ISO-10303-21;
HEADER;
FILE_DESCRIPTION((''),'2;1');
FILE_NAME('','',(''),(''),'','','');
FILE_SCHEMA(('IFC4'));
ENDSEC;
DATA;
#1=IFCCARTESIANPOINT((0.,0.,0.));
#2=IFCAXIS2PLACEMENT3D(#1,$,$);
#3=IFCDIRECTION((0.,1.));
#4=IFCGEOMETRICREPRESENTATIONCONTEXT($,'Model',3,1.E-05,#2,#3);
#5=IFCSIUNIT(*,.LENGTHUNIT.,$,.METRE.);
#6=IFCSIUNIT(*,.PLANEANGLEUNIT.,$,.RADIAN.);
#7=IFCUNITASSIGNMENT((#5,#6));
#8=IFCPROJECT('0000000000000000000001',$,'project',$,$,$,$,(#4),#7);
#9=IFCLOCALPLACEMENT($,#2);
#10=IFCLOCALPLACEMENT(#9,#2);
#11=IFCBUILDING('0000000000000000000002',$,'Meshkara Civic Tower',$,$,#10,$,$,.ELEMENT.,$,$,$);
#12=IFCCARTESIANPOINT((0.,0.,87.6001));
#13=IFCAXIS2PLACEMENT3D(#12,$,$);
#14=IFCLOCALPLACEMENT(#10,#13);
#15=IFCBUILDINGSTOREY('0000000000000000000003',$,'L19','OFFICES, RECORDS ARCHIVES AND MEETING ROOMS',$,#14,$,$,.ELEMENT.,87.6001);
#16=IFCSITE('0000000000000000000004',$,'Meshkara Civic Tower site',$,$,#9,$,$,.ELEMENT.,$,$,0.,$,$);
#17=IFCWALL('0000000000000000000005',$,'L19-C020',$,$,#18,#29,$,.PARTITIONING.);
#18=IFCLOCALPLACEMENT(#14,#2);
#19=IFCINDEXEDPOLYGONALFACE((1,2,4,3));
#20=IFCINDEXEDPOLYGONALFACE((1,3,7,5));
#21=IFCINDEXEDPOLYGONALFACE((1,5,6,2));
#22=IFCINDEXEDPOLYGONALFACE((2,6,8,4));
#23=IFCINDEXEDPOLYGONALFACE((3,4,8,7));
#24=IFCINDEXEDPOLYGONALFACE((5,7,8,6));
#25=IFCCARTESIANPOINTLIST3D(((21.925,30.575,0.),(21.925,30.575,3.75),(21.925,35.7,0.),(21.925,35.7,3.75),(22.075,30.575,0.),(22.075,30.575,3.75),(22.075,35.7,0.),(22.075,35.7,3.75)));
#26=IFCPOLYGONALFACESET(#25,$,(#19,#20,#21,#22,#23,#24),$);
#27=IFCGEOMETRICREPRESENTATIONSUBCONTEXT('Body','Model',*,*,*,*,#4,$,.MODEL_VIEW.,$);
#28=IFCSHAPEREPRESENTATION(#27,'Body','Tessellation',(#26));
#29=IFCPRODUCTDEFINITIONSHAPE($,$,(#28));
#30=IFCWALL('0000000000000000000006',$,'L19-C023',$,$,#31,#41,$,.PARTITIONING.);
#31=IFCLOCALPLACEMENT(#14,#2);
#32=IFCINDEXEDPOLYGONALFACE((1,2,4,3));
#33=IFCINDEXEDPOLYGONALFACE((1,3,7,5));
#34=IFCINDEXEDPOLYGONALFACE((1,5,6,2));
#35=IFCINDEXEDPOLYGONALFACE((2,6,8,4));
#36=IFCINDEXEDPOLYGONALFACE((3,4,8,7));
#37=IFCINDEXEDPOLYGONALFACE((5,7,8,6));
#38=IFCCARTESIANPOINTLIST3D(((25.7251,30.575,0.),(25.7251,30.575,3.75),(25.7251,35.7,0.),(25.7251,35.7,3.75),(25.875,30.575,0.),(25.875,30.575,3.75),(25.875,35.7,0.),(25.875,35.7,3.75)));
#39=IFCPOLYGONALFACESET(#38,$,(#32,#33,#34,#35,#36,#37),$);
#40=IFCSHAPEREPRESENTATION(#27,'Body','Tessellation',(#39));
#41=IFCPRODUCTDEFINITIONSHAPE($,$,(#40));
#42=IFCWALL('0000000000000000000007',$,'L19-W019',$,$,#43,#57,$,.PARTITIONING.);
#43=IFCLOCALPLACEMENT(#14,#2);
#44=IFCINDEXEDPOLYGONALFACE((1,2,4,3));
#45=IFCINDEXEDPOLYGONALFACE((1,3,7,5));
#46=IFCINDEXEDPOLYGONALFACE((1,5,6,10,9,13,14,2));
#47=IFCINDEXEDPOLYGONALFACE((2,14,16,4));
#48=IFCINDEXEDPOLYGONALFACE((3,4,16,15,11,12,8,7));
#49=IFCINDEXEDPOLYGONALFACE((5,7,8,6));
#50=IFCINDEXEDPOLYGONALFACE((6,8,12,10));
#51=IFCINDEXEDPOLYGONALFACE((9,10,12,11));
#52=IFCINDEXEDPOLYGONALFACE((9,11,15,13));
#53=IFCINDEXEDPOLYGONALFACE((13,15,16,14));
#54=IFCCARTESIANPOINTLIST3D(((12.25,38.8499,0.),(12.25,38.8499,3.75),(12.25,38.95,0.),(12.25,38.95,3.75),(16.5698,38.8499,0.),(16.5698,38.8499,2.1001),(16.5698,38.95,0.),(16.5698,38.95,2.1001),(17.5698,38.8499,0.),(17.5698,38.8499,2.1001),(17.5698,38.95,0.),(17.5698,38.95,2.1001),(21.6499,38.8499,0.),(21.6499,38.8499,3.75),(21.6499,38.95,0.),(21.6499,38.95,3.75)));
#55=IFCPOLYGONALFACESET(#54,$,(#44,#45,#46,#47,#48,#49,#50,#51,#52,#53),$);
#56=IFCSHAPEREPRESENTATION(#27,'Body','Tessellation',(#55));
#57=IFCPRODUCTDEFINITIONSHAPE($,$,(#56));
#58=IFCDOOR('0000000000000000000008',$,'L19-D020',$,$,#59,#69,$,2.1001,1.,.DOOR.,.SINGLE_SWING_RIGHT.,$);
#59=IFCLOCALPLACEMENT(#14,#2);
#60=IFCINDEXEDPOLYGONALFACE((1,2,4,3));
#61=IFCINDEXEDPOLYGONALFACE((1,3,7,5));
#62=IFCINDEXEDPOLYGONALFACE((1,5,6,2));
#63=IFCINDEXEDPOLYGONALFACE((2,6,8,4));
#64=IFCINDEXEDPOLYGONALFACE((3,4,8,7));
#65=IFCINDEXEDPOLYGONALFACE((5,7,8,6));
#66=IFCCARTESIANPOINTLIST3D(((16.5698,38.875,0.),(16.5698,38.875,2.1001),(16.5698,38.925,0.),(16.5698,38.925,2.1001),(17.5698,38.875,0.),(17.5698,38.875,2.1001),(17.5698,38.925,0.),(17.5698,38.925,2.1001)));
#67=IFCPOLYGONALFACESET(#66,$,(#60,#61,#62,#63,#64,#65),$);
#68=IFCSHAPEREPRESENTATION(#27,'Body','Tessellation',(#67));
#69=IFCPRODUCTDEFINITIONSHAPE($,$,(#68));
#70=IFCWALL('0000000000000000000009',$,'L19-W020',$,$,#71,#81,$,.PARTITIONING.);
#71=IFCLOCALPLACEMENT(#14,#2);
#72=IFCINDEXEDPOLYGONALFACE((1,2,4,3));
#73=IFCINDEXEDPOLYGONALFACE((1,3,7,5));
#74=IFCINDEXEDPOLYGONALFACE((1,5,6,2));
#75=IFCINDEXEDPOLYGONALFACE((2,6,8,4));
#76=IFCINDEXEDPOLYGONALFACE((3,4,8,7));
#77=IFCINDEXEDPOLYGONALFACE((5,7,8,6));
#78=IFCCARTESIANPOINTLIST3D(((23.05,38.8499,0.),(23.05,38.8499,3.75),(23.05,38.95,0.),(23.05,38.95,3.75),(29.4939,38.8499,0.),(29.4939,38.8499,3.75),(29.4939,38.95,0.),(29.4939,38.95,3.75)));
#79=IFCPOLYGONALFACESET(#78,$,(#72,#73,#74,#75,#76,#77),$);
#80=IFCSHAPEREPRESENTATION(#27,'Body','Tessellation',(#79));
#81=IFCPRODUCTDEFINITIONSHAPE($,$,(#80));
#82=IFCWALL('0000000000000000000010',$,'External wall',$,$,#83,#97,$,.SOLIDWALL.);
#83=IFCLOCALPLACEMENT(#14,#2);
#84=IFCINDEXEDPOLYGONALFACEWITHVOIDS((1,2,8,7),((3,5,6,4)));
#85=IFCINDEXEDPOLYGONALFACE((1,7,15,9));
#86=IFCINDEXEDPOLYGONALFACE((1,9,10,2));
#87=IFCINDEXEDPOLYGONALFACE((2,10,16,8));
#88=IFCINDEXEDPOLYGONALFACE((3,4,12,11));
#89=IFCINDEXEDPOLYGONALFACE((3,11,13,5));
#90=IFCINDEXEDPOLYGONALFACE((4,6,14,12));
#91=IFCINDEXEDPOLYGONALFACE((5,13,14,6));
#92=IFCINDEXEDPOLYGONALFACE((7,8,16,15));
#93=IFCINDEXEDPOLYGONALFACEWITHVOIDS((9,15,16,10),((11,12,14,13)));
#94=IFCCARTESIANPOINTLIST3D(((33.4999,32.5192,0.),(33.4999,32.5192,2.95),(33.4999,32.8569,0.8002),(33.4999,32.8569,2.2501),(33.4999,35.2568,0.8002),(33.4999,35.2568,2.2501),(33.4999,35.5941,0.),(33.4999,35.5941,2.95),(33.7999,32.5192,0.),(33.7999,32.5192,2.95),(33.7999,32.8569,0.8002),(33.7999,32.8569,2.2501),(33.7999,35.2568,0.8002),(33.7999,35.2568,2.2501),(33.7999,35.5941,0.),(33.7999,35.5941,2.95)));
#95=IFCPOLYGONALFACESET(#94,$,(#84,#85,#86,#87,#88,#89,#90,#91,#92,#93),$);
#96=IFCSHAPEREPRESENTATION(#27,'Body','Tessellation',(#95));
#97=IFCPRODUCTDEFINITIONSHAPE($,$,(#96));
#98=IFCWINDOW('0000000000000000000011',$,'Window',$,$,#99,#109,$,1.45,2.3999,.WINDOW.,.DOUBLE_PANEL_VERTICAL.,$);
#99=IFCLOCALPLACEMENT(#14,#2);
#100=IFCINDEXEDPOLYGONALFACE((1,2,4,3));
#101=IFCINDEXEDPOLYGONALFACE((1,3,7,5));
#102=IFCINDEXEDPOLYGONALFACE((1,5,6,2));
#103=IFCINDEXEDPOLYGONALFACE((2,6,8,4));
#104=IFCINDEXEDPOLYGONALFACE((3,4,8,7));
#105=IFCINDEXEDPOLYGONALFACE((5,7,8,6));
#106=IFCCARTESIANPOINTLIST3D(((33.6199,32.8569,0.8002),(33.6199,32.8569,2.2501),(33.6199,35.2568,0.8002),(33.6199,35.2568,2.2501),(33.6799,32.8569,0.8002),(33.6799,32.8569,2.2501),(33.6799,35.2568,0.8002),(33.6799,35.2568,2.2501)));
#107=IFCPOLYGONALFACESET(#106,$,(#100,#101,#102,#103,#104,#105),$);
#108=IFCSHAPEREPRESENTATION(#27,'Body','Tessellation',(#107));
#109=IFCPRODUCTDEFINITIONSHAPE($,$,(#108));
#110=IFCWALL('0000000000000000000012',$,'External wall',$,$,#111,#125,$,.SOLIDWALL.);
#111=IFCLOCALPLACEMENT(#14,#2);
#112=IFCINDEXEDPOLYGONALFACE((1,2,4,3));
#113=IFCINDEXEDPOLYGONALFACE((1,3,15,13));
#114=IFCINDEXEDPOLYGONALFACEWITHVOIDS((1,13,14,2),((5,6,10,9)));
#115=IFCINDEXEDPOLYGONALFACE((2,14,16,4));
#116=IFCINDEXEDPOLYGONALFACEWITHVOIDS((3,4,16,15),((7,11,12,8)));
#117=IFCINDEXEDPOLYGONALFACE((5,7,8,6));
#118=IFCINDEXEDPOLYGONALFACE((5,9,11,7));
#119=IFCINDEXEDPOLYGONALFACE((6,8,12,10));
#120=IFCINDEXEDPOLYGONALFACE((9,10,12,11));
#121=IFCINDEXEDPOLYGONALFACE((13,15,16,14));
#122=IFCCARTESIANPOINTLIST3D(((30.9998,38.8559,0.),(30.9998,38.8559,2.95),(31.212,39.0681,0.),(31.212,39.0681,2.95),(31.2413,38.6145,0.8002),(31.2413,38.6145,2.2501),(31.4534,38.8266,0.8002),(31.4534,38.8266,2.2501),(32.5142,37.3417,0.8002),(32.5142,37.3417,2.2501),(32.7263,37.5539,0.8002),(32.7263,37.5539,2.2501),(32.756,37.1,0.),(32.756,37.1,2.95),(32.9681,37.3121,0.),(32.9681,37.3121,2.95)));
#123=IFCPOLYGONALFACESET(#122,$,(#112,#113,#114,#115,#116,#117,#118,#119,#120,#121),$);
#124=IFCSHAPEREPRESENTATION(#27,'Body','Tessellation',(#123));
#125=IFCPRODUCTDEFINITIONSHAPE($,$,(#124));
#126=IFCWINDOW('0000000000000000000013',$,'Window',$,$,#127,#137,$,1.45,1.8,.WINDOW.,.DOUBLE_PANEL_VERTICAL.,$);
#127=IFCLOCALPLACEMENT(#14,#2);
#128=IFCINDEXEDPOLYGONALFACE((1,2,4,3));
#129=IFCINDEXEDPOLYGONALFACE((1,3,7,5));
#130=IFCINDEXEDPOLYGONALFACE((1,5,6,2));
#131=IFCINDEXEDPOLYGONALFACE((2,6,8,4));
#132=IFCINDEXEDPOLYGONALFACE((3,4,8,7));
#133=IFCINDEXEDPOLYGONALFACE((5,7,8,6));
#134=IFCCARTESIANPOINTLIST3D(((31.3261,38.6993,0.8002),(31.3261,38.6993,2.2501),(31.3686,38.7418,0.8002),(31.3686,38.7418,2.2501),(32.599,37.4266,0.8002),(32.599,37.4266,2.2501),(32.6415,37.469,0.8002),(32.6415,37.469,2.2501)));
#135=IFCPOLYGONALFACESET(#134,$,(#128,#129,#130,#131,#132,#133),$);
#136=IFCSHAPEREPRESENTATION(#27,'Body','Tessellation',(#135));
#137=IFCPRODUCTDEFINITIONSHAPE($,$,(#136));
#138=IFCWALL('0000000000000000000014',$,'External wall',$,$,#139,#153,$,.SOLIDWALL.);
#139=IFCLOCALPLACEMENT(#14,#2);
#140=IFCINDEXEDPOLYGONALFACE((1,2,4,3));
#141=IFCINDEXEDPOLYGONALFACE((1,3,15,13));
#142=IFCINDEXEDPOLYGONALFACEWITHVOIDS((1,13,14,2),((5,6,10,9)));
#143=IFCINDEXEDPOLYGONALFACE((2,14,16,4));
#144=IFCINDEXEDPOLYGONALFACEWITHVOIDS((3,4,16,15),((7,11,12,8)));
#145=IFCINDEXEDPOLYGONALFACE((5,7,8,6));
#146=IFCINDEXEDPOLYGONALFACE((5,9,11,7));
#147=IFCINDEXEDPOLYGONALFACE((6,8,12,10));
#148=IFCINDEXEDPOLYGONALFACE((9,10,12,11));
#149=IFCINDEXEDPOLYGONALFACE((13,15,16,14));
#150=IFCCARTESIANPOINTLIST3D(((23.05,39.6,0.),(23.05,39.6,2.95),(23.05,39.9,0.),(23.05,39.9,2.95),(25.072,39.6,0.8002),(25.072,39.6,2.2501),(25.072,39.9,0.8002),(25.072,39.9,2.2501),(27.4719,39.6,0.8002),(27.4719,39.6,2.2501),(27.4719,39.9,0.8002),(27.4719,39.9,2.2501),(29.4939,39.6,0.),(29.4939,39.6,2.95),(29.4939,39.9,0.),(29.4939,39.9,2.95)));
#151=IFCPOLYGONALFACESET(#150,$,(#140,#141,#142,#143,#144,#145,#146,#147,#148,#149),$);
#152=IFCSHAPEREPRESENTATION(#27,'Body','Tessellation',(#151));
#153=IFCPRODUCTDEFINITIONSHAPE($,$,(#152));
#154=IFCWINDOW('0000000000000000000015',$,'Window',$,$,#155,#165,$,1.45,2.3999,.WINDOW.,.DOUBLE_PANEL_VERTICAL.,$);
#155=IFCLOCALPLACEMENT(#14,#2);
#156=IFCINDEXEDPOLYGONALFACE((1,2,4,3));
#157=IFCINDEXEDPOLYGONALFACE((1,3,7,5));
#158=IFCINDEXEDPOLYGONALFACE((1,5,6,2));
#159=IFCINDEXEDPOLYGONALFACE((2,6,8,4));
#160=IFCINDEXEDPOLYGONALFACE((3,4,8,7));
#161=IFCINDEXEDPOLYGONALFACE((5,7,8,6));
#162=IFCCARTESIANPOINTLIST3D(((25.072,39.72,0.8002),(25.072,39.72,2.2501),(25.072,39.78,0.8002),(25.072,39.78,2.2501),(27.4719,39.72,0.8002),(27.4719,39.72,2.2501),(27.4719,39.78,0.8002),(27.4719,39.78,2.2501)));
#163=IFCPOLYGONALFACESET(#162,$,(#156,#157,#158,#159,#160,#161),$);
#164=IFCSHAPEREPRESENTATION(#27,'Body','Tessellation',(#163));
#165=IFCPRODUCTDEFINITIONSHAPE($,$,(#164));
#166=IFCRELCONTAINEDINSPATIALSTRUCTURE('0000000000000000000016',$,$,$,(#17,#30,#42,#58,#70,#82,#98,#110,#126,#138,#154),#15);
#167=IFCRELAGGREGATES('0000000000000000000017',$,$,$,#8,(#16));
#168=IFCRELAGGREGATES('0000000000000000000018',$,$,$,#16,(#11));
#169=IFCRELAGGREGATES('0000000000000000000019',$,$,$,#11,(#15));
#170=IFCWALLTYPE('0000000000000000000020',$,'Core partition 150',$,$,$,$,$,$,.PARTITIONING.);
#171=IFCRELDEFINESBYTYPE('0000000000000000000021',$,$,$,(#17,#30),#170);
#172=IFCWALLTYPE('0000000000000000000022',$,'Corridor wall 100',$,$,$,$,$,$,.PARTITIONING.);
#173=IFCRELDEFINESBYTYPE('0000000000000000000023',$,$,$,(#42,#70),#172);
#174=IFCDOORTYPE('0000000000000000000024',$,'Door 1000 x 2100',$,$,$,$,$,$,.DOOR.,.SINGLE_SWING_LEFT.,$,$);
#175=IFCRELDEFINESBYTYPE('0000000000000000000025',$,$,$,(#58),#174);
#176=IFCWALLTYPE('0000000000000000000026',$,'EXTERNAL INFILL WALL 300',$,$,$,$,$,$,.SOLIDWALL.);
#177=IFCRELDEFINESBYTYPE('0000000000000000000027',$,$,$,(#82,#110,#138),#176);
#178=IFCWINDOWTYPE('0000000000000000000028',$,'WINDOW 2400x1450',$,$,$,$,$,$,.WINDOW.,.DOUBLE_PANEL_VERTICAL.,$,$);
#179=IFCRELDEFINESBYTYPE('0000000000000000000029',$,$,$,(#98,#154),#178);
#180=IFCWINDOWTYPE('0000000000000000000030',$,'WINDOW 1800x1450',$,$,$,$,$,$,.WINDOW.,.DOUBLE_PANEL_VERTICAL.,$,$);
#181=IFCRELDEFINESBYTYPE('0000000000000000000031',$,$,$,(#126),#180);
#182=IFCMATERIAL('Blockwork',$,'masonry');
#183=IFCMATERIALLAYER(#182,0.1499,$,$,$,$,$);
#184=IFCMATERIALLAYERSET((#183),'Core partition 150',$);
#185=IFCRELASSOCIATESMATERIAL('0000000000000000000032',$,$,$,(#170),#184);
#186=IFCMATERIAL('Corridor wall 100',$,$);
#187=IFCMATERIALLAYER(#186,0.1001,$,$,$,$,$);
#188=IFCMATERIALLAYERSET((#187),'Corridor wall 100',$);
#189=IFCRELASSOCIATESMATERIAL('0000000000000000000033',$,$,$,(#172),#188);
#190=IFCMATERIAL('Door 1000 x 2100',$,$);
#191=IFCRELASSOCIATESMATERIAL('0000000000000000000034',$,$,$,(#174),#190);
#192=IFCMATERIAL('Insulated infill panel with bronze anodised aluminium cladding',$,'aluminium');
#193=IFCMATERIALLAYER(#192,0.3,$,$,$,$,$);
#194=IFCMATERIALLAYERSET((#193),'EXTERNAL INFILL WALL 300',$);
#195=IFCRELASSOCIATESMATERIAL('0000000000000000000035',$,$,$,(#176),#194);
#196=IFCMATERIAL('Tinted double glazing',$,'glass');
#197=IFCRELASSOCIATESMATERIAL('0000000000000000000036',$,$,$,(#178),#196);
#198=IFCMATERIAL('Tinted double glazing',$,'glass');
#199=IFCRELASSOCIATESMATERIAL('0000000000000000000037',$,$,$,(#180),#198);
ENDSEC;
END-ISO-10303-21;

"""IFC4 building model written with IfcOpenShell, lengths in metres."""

from ifc_helpers import new_model, si_unit, direction, frame, frame_2d, origin, place, context, subcontext, project, spatial, rectangle, extrude, material, layer, layer_set, type_object, element, fill, save


model = new_model("IFC4")

# Units and contexts
model_context = context("Model", 3, precision=1e-05, world=origin(), true_north=direction((0.0, 1.0)))
body_context = subcontext(model_context, "Body", "Model", "MODEL_VIEW")
ifc_project = project(units=[si_unit("LENGTHUNIT", "METRE"), si_unit("PLANEANGLEUNIT", "RADIAN")], contexts=[model_context])

# Site, building, storey
site_placement = place(None, origin())
site = spatial("IfcSite", under=ifc_project, at=site_placement, Name="Meshkara Civic Tower site", CompositionType="ELEMENT", RefElevation=0.0)
building_placement = place(site_placement, origin())
building = spatial("IfcBuilding", under=site, at=building_placement, Name="Meshkara Civic Tower", CompositionType="ELEMENT")
storey_placement = place(building_placement, frame((0.0, 0.0, 87.6001)))
storey = spatial("IfcBuildingStorey", under=building, at=storey_placement, Name="L19", Description="OFFICES, RECORDS ARCHIVES AND MEETING ROOMS", CompositionType="ELEMENT", Elevation=87.6001)

# Shared definitions
ifc_material_1 = material(Name="Blockwork", Category="masonry")
ifc_layer_1 = layer(ifc_material_1, 0.1499)
ifc_layer_set_1 = layer_set([ifc_layer_1], Name="Core partition 150")
wall_type_1 = type_object("IfcWallType", Name="Core partition 150", PredefinedType="PARTITIONING", material=ifc_layer_set_1)

# Walls
for number, where, z_axis, x_axis, name in (
    (1, (22.0, 30.575, 0.0), (0.0, 0.0, 1.0), (0.0, 1.0, 0.0), "L19-C020"),
    (2, (25.8, 30.575, 0.0), (0.0, 0.0, 1.0), (0.0, 1.0, 0.0), "L19-C023"),
):
    element("IfcWall", number, at=place(storey_placement, frame(where, z_axis=z_axis, x_axis=x_axis)), inside=storey, type_object=wall_type_1, Name=name, PredefinedType="PARTITIONING", context=body_context, shape_type="SweptSolid", body=[
        extrude(rectangle(XDim=5.125, YDim=0.1499, at=frame_2d((2.5625, 0.0))), origin(), (0.0, 0.0, 1.0), 3.75),
    ])

# Wall, opening, door
ifc_material_2 = material(Name="Corridor wall 100")
ifc_layer_2 = layer(ifc_material_2, 0.1001)
ifc_layer_set_2 = layer_set([ifc_layer_2], Name="Corridor wall 100")
wall_type_2 = type_object("IfcWallType", Name="Corridor wall 100", PredefinedType="PARTITIONING", material=ifc_layer_set_2)
wall_1_placement = place(storey_placement, frame((21.6499, 38.8999, 0.0), z_axis=(0.0, 0.0, 1.0), x_axis=(-1.0, 0.0, 0.0)))
wall_1 = element("IfcWall", 3, at=wall_1_placement, inside=storey, type_object=wall_type_2, Name="L19-W019", PredefinedType="PARTITIONING", context=body_context, shape_type="SweptSolid", body=[
    extrude(rectangle(XDim=9.3999, YDim=0.1001, at=frame_2d((4.7, 0.0))), origin(), (0.0, 0.0, 1.0), 3.75),
])
opening_1_placement = place(wall_1_placement, frame((4.0801, 0.0, 0.0)))
opening_1 = element("IfcOpeningElement", 4, at=opening_1_placement, cuts=wall_1, PredefinedType="OPENING", context=body_context, shape_type="SweptSolid", body=[
    extrude(rectangle(XDim=1.0, YDim=2.1001, at=frame_2d((0.5, 1.05))), frame((0.0, 0.0601, 0.0), z_axis=(0.0, -1.0, 0.0), x_axis=(1.0, 0.0, 0.0)), (0.0, 0.0, 1.0), 0.1201),
])
ifc_material_3 = material(Name="Door 1000 x 2100")
door_type_1 = type_object("IfcDoorType", Name="Door 1000 x 2100", OperationType="SINGLE_SWING_LEFT", PredefinedType="DOOR", material=ifc_material_3)
door_1_placement = place(opening_1_placement, origin())
door_1 = element("IfcDoor", 5, at=door_1_placement, inside=storey, type_object=door_type_1, Name="L19-D020", OperationType="SINGLE_SWING_RIGHT", OverallHeight=2.1001, OverallWidth=1.0, PredefinedType="DOOR", context=body_context, shape_type="SweptSolid", body=[
    extrude(rectangle(XDim=1.0, YDim=2.1001, at=frame_2d((0.5, 1.05))), frame((0.0, 0.0249, 0.0), z_axis=(0.0, -1.0, 0.0), x_axis=(1.0, 0.0, 0.0)), (0.0, 0.0, 1.0), 0.05),
])
fill(opening_1, door_1)

# Wall
wall_2_placement = place(storey_placement, frame((29.4939, 38.8999, 0.0), z_axis=(0.0, 0.0, 1.0), x_axis=(-1.0, 0.0, 0.0)))
element("IfcWall", 6, at=wall_2_placement, inside=storey, type_object=wall_type_2, Name="L19-W020", PredefinedType="PARTITIONING", context=body_context, shape_type="SweptSolid", body=[
    extrude(rectangle(XDim=6.4438, YDim=0.1001, at=frame_2d((3.2219, 0.0))), origin(), (0.0, 0.0, 1.0), 3.75),
])

# Walls, openings, windows
ifc_material_4 = material(Name="Insulated infill panel with bronze anodised aluminium cladding", Category="aluminium")
ifc_layer_3 = layer(ifc_material_4, 0.3)
ifc_layer_set_3 = layer_set([ifc_layer_3], Name="EXTERNAL INFILL WALL 300")
wall_type_3 = type_object("IfcWallType", Name="EXTERNAL INFILL WALL 300", PredefinedType="SOLIDWALL", material=ifc_layer_set_3)
wall_3_placement = place(storey_placement, frame((33.6499, 32.519, 0.0), z_axis=(0.0, 0.0, 1.0), x_axis=(0.0, 1.0, 0.0)))
wall_3 = element("IfcWall", 7, at=wall_3_placement, inside=storey, type_object=wall_type_3, Name="External wall", PredefinedType="SOLIDWALL", context=body_context, shape_type="SweptSolid", body=[
    extrude(rectangle(XDim=3.075, YDim=0.3, at=frame_2d((1.5376, 0.0))), origin(), (0.0, 0.0, 1.0), 2.95),
])
opening_2_placement = place(wall_3_placement, frame((0.3379, 0.0, 0.8)))
opening_2 = element("IfcOpeningElement", 8, at=opening_2_placement, cuts=wall_3, PredefinedType="OPENING", context=body_context, shape_type="SweptSolid", body=[
    extrude(rectangle(XDim=2.3999, YDim=1.45, at=frame_2d((1.2, 0.7251))), frame((0.0, 0.1599, 0.0), z_axis=(0.0, -1.0, 0.0), x_axis=(1.0, 0.0, 0.0)), (0.0, 0.0, 1.0), 0.3201),
])
ifc_material_5 = material(Name="Tinted double glazing", Category="glass")
window_type_1 = type_object("IfcWindowType", Name="WINDOW 2400x1450", PartitioningType="DOUBLE_PANEL_VERTICAL", PredefinedType="WINDOW", material=ifc_material_5)
window_1_placement = place(opening_2_placement, origin())
window_1 = element("IfcWindow", 9, at=window_1_placement, inside=storey, type_object=window_type_1, Name="Window", OverallHeight=1.45, OverallWidth=2.3999, PartitioningType="DOUBLE_PANEL_VERTICAL", PredefinedType="WINDOW", context=body_context, shape_type="SweptSolid", body=[
    extrude(rectangle(XDim=2.3999, YDim=1.45, at=frame_2d((1.2, 0.7251))), frame((0.0, 0.03, 0.0), z_axis=(0.0, -1.0, 0.0), x_axis=(1.0, 0.0, 0.0)), (0.0, 0.0, 1.0), 0.0601),
])
fill(opening_2, window_1)
wall_4_placement = place(storey_placement, frame((32.8621, 37.2061, 0.0), z_axis=(0.0, 0.0, 1.0), x_axis=(-0.707156, 0.707058, 0.0)))
wall_4 = element("IfcWall", 10, at=wall_4_placement, inside=storey, type_object=wall_type_3, Name="External wall", PredefinedType="SOLIDWALL", context=body_context, shape_type="SweptSolid", body=[
    extrude(rectangle(XDim=2.4834, YDim=0.3, at=frame_2d((1.2417, 0.0))), origin(), (0.0, 0.0, 1.0), 2.95),
])
opening_3_placement = place(wall_4_placement, frame((0.342, 0.0, 0.8)))
opening_3 = element("IfcOpeningElement", 11, at=opening_3_placement, cuts=wall_4, PredefinedType="OPENING", context=body_context, shape_type="SweptSolid", body=[
    extrude(rectangle(XDim=1.8, YDim=1.45, at=frame_2d((0.8999, 0.7251))), frame((0.0, 0.1599, 0.0), z_axis=(0.0, -1.0, 0.0), x_axis=(1.0, 0.0, 0.0)), (0.0, 0.0, 1.0), 0.3201),
])
ifc_material_6 = material(Name="Tinted double glazing", Category="glass")
window_type_2 = type_object("IfcWindowType", Name="WINDOW 1800x1450", PartitioningType="DOUBLE_PANEL_VERTICAL", PredefinedType="WINDOW", material=ifc_material_6)
window_2_placement = place(opening_3_placement, origin())
window_2 = element("IfcWindow", 12, at=window_2_placement, inside=storey, type_object=window_type_2, Name="Window", OverallHeight=1.45, OverallWidth=1.8, PartitioningType="DOUBLE_PANEL_VERTICAL", PredefinedType="WINDOW", context=body_context, shape_type="SweptSolid", body=[
    extrude(rectangle(XDim=1.8, YDim=1.45, at=frame_2d((0.8999, 0.7251))), frame((0.0, 0.03, 0.0), z_axis=(0.0, -1.0, 0.0), x_axis=(1.0, 0.0, 0.0)), (0.0, 0.0, 1.0), 0.0601),
])
fill(opening_3, window_2)
wall_5_placement = place(storey_placement, frame((29.4939, 39.75, 0.0), z_axis=(0.0, 0.0, 1.0), x_axis=(-1.0, 0.0, 0.0)))
wall_5 = element("IfcWall", 13, at=wall_5_placement, inside=storey, type_object=wall_type_3, Name="External wall", PredefinedType="SOLIDWALL", context=body_context, shape_type="SweptSolid", body=[
    extrude(rectangle(XDim=6.4438, YDim=0.3, at=frame_2d((3.2219, 0.0))), origin(), (0.0, 0.0, 1.0), 2.95),
])
opening_4_placement = place(wall_5_placement, frame((2.022, 0.0, 0.8)))
opening_4 = element("IfcOpeningElement", 14, at=opening_4_placement, cuts=wall_5, PredefinedType="OPENING", context=body_context, shape_type="SweptSolid", body=[
    extrude(rectangle(XDim=2.3999, YDim=1.45, at=frame_2d((1.2, 0.7251))), frame((0.0, 0.1599, 0.0), z_axis=(0.0, -1.0, 0.0), x_axis=(1.0, 0.0, 0.0)), (0.0, 0.0, 1.0), 0.3201),
])
window_3_placement = place(opening_4_placement, origin())
window_3 = element("IfcWindow", 15, at=window_3_placement, inside=storey, type_object=window_type_1, Name="Window", OverallHeight=1.45, OverallWidth=2.3999, PartitioningType="DOUBLE_PANEL_VERTICAL", PredefinedType="WINDOW", context=body_context, shape_type="SweptSolid", body=[
    extrude(rectangle(XDim=2.3999, YDim=1.45, at=frame_2d((1.2, 0.7251))), frame((0.0, 0.03, 0.0), z_axis=(0.0, -1.0, 0.0), x_axis=(1.0, 0.0, 0.0)), (0.0, 0.0, 1.0), 0.0601),
])
fill(opening_4, window_3)

save(model, "model.ifc")
